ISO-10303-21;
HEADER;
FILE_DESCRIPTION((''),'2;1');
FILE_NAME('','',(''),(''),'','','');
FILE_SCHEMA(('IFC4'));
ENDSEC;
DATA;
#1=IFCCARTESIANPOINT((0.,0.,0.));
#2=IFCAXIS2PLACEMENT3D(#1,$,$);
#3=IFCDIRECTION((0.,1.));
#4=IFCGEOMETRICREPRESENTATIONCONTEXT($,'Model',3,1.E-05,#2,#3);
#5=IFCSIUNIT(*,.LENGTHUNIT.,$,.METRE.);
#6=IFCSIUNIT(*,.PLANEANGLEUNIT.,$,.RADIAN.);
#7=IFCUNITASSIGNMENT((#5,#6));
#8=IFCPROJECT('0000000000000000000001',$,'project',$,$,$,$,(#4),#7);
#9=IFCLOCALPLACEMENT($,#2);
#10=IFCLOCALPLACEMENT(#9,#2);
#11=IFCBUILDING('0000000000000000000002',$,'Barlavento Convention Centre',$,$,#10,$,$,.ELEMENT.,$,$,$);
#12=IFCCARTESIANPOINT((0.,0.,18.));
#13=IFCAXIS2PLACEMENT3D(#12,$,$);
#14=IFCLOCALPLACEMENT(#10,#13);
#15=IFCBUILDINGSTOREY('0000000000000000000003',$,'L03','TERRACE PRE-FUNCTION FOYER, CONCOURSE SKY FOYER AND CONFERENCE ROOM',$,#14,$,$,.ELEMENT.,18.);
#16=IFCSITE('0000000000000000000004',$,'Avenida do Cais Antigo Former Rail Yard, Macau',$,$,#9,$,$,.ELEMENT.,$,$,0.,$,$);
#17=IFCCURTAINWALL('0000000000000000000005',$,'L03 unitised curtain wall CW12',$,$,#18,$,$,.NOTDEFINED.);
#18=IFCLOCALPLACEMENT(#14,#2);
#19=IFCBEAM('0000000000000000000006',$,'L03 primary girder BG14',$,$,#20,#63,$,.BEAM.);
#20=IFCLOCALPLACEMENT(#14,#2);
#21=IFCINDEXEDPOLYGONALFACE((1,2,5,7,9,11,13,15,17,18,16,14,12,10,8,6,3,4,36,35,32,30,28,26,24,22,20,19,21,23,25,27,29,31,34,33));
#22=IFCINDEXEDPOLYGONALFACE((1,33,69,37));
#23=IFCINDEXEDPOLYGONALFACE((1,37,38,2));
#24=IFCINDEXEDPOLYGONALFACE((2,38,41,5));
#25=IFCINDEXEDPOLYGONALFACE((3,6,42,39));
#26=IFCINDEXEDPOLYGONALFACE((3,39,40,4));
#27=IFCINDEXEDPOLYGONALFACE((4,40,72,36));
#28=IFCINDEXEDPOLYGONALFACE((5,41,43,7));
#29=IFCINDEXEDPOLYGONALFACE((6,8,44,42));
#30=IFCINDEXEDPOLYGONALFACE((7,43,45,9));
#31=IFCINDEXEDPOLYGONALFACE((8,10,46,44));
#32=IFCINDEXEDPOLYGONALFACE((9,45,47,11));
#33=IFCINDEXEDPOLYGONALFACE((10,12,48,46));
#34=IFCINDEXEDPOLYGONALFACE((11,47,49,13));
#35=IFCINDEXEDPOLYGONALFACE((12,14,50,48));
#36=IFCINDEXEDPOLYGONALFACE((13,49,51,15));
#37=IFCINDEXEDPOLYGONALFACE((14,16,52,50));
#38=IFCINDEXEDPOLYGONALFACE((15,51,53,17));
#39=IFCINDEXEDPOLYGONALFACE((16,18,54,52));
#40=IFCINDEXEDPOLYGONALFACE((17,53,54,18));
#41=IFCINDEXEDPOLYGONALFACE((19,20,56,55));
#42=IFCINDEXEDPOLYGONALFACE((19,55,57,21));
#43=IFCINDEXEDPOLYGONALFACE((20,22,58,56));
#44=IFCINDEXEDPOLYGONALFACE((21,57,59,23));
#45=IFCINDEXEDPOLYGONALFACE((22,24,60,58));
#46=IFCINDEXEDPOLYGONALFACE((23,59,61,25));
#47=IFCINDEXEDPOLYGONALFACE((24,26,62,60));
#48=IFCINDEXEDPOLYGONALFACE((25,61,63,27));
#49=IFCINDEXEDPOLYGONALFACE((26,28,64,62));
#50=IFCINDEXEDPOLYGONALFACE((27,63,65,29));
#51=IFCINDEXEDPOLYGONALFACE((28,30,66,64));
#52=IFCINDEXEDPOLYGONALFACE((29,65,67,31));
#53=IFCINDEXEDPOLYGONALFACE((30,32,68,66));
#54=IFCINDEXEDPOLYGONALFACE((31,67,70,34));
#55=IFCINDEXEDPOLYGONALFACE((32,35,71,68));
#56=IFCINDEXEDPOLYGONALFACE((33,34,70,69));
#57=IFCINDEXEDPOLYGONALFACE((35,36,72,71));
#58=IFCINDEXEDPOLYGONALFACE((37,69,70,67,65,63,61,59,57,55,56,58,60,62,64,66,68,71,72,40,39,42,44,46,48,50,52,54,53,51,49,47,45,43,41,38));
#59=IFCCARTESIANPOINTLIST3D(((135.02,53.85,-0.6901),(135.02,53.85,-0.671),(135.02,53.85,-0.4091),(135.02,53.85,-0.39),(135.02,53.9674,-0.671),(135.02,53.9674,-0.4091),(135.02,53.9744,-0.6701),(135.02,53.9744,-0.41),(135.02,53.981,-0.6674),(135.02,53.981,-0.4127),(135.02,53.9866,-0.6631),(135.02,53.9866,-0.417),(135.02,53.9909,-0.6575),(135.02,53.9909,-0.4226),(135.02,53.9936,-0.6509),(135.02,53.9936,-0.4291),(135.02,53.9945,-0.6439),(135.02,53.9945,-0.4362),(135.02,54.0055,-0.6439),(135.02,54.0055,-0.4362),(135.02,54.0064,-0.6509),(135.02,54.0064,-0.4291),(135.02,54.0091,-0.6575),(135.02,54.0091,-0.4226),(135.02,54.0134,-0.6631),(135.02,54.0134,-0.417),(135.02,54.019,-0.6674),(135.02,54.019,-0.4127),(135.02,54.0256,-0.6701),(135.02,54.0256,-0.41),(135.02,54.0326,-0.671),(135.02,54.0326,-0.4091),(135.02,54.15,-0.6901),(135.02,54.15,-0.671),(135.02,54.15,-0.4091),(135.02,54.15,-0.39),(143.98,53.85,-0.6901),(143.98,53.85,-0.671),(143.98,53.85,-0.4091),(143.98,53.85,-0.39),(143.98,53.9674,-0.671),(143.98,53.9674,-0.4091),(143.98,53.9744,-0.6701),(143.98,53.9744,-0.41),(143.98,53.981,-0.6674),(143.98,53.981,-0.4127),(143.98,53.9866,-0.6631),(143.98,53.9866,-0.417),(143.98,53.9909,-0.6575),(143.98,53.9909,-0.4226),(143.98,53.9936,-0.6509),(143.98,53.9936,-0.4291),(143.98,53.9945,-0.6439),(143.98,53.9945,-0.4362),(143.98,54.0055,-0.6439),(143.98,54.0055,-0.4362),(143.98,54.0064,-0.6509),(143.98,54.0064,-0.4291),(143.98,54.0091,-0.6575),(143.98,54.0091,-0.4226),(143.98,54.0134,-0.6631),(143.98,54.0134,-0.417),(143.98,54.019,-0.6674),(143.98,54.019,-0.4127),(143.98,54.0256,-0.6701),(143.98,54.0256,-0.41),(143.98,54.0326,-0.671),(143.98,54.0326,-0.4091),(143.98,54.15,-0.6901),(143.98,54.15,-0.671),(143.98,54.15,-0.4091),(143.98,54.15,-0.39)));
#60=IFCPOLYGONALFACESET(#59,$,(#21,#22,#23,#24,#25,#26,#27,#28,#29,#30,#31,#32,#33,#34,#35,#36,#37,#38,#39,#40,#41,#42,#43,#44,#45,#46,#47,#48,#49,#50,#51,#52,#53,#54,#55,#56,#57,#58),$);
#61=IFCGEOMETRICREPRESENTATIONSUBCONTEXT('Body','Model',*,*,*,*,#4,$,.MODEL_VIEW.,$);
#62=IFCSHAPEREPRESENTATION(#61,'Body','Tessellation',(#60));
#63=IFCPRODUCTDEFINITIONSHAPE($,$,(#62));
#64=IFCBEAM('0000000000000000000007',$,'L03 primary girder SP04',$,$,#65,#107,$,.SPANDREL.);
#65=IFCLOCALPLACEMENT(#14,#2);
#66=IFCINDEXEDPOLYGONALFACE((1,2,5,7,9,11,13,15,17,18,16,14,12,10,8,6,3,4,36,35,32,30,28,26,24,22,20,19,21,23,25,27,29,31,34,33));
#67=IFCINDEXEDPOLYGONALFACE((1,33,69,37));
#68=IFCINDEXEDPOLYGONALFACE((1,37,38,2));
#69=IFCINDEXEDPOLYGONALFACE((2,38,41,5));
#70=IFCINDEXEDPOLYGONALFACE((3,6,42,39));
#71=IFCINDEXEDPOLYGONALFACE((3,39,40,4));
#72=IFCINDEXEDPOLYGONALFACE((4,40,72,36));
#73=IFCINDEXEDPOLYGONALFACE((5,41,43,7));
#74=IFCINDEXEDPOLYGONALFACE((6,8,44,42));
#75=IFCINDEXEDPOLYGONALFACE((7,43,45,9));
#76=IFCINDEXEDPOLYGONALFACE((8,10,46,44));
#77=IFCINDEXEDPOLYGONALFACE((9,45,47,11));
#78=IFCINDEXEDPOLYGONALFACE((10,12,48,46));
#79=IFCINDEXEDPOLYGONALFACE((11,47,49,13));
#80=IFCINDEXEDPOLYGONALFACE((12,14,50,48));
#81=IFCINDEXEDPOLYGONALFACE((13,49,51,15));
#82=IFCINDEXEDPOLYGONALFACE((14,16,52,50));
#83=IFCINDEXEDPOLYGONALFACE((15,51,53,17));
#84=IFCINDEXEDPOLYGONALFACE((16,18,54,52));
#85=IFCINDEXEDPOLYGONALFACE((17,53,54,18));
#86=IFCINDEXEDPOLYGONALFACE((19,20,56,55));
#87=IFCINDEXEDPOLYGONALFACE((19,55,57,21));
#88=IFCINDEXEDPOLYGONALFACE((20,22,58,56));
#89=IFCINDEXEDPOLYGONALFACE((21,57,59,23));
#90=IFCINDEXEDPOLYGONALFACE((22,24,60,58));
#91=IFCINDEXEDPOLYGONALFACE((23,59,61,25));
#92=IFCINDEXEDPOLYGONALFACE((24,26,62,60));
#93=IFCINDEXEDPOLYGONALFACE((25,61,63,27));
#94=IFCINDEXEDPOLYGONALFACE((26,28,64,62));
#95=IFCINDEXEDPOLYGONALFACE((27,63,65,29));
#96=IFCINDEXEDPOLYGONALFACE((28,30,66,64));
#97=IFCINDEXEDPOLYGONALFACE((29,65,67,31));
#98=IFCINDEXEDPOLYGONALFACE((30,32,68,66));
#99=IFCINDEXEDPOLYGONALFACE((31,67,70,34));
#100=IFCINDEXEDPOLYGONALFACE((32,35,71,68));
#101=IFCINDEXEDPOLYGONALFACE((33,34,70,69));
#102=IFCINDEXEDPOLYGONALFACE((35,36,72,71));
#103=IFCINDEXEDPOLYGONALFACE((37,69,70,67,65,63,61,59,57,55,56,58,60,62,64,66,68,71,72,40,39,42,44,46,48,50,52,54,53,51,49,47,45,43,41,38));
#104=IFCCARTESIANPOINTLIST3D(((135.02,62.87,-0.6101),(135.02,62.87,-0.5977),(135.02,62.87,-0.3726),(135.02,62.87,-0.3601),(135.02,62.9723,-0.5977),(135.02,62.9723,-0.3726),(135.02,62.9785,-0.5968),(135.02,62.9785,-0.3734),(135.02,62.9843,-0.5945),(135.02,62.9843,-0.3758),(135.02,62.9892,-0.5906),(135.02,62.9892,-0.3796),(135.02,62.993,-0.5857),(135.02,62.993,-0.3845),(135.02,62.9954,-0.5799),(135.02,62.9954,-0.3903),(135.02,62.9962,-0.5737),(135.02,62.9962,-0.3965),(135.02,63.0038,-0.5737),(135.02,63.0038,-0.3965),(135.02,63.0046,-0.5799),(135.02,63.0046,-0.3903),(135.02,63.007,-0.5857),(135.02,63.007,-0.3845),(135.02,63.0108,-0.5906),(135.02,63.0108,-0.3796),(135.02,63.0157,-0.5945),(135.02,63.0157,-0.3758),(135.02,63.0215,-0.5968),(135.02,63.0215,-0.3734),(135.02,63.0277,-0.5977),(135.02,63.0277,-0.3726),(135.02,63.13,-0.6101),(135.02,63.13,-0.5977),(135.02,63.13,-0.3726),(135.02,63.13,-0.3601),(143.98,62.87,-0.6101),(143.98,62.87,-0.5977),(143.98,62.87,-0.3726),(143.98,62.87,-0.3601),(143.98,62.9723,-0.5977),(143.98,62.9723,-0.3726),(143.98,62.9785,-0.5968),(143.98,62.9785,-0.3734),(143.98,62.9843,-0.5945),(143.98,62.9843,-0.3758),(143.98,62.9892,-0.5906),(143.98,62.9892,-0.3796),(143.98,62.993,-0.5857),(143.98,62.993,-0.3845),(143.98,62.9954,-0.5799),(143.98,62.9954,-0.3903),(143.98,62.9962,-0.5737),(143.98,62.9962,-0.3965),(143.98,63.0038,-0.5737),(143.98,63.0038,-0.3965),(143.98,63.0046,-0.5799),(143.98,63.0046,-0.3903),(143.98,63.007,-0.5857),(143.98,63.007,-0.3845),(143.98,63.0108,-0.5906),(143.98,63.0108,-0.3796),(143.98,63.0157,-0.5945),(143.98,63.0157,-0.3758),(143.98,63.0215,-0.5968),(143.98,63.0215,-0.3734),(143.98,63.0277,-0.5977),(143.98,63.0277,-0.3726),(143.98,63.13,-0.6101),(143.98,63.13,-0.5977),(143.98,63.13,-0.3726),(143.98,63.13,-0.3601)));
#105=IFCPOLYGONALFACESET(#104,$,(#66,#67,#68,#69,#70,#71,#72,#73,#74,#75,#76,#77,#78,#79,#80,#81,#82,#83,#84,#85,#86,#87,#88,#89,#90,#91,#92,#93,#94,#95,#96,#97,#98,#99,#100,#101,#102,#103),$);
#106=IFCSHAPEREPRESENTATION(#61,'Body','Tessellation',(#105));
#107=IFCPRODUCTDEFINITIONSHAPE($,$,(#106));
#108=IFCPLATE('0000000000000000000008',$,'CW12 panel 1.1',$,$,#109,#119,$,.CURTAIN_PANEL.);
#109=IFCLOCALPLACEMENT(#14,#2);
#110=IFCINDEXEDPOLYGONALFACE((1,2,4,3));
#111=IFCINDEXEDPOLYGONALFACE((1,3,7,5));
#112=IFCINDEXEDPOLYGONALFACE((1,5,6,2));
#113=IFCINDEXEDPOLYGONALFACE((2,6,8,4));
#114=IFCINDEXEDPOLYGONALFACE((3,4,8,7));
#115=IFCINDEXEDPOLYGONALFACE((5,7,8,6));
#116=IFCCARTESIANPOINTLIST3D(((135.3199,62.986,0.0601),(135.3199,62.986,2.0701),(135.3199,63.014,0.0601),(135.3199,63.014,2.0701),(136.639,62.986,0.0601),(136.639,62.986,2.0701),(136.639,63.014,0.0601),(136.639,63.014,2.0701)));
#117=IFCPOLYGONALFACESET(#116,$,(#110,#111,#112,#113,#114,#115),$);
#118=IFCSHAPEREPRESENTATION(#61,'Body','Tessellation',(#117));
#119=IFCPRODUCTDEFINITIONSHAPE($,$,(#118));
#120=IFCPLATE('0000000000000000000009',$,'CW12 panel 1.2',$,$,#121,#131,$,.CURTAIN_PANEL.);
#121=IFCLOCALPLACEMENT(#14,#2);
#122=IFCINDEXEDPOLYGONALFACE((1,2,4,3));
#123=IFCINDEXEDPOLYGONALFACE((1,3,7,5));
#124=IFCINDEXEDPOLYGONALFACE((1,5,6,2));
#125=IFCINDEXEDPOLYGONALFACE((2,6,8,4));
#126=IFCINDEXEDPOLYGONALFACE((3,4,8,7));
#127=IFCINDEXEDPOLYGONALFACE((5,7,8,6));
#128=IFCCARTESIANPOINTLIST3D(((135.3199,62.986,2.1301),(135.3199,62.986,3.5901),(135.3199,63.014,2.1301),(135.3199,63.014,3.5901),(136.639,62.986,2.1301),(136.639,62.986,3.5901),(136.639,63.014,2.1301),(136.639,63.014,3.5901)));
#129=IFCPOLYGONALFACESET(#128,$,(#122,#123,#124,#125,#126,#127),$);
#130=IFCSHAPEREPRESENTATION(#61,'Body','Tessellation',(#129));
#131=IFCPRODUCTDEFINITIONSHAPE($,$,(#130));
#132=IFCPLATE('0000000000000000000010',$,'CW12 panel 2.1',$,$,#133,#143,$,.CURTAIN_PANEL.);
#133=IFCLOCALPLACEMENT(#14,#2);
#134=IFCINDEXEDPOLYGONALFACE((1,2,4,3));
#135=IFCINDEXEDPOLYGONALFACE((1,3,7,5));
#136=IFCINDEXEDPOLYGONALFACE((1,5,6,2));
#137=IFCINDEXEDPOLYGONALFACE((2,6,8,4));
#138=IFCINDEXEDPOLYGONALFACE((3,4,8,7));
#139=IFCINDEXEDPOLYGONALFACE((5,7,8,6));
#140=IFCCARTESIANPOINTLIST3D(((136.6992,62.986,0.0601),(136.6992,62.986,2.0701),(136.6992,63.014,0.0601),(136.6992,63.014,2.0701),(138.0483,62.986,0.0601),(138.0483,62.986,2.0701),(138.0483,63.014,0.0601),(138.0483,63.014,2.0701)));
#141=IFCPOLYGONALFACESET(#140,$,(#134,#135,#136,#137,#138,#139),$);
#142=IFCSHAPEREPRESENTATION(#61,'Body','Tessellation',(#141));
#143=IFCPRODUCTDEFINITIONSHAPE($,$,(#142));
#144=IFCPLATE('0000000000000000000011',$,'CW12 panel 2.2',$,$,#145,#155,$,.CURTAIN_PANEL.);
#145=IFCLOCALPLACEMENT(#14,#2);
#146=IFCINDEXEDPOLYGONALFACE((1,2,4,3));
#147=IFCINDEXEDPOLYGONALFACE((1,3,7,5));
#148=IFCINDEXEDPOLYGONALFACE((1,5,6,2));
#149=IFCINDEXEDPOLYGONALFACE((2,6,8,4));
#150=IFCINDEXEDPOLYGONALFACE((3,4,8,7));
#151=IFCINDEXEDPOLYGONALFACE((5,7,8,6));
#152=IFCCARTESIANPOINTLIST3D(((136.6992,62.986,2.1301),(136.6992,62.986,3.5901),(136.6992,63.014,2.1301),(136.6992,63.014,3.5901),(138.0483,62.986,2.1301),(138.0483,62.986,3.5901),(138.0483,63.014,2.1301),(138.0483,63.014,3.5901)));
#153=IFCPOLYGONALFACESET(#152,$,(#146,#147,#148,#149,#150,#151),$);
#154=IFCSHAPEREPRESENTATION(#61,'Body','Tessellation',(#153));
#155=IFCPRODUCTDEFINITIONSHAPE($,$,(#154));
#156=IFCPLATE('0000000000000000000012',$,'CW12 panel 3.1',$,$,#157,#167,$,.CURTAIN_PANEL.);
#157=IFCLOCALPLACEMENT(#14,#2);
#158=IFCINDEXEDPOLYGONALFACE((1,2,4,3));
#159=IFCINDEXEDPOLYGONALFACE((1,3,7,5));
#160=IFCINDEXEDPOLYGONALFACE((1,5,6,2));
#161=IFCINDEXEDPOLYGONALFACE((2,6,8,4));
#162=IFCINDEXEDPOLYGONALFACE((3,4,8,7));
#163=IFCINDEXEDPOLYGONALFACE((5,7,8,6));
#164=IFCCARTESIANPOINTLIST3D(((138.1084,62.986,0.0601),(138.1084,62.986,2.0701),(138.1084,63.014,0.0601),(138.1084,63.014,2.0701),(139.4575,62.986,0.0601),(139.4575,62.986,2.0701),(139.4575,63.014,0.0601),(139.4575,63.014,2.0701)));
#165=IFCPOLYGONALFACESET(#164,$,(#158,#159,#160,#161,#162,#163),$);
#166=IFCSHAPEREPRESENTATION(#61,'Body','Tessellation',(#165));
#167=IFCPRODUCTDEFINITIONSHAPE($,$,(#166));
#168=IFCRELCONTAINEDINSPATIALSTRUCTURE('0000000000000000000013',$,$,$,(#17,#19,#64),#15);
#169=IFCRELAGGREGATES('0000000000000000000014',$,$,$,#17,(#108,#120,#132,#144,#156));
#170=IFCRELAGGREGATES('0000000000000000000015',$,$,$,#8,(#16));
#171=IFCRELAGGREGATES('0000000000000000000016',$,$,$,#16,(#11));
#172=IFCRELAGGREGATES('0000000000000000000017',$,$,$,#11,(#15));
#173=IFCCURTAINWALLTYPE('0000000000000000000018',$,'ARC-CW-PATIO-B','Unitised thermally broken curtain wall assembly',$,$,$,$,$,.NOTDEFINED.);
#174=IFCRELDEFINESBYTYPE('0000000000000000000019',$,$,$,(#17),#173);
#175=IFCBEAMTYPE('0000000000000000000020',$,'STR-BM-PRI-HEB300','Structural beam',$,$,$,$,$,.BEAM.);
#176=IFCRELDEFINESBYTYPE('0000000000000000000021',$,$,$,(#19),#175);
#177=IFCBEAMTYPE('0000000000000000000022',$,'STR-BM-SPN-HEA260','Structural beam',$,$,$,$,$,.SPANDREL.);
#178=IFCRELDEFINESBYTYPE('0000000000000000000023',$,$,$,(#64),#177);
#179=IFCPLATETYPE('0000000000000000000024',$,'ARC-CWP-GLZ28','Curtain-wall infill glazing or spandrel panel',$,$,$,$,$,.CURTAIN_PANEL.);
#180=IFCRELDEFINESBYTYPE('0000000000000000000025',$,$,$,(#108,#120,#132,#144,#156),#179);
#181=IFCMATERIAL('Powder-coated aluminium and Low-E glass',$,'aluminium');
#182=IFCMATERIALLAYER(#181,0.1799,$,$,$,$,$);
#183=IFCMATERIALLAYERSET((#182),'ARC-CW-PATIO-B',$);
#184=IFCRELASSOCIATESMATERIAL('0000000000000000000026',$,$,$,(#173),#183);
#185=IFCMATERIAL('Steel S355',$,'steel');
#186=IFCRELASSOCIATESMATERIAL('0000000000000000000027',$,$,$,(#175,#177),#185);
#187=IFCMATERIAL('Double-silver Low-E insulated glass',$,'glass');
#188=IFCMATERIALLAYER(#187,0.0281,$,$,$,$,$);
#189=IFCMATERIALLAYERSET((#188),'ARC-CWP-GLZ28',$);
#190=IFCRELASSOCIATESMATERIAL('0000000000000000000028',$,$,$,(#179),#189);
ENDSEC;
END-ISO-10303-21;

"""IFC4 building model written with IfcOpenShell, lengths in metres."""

from ifc_helpers import new_model, si_unit, direction, frame, origin, origin_2d, place, context, subcontext, project, spatial, rectangle, i_section, extrude, material, layer, layer_set, material_profile, profile_set, type_object, element, aggregate, save


model = new_model("IFC4")

# Units and contexts
model_context = context("Model", 3, precision=1e-05, world=origin(), true_north=direction((0.0, 1.0)))
body_context = subcontext(model_context, "Body", "Model", "MODEL_VIEW")
ifc_project = project(units=[si_unit("LENGTHUNIT", "METRE"), si_unit("PLANEANGLEUNIT", "RADIAN")], contexts=[model_context])

# Site, building, storey
site_placement = place(None, origin())
site = spatial("IfcSite", under=ifc_project, at=site_placement, Name="Avenida do Cais Antigo Former Rail Yard, Macau", CompositionType="ELEMENT", RefElevation=0.0)
building_placement = place(site_placement, origin())
building = spatial("IfcBuilding", under=site, at=building_placement, Name="Barlavento Convention Centre", CompositionType="ELEMENT")
storey_placement = place(building_placement, frame((0.0, 0.0, 18.0)))
storey = spatial("IfcBuildingStorey", under=building, at=storey_placement, Name="L03", Description="TERRACE PRE-FUNCTION FOYER, CONCOURSE SKY FOYER AND CONFERENCE ROOM", CompositionType="ELEMENT", Elevation=18.0)

# Shared definitions
ifc_material_1 = material(Name="Steel S355", Category="steel")

# Curtain wall
ifc_material_2 = material(Name="Powder-coated aluminium and Low-E glass", Category="aluminium")
ifc_layer_1 = layer(ifc_material_2, 0.1799)
ifc_layer_set_1 = layer_set([ifc_layer_1], Name="ARC-CW-PATIO-B")
curtain_wall_type = type_object("IfcCurtainWallType", Name="ARC-CW-PATIO-B", Description="Unitised thermally broken curtain wall assembly", PredefinedType="NOTDEFINED", material=ifc_layer_set_1)
curtain_wall_placement = place(storey_placement, origin())
curtain_wall = element("IfcCurtainWall", 1, at=curtain_wall_placement, inside=storey, type_object=curtain_wall_type, Name="L03 unitised curtain wall CW12", PredefinedType="NOTDEFINED")

# Beams
ifc_material_profile_1 = material_profile(ifc_material_1, i_section(OverallWidth=0.3, OverallDepth=0.3, WebThickness=0.011, FlangeThickness=0.019, FilletRadius=0.0271, at=origin_2d()), Name="HEB 300")
ifc_profile_set_1 = profile_set([ifc_material_profile_1], Name="Steel S355")
beam_type_1 = type_object("IfcBeamType", Name="STR-BM-PRI-HEB300", Description="Structural beam", PredefinedType="BEAM", material=ifc_profile_set_1)
beam_1_placement = place(storey_placement, frame((135.02, 54.0, -0.54), z_axis=(1.0, 0.0, 0.0), x_axis=(0.0, 1.0, 0.0)))
element("IfcBeam", 2, at=beam_1_placement, inside=storey, type_object=beam_type_1, Name="L03 primary girder BG14", PredefinedType="BEAM", context=body_context, shape_type="SweptSolid", body=[
    extrude(i_section(OverallWidth=0.3, OverallDepth=0.3, WebThickness=0.011, FlangeThickness=0.019, FilletRadius=0.0271, at=origin_2d()), origin(), (0.0, 0.0, 1.0), 8.96),
])
ifc_material_profile_2 = material_profile(ifc_material_1, i_section(OverallWidth=0.26, OverallDepth=0.25, WebThickness=0.0076, FlangeThickness=0.0125, FilletRadius=0.0239, at=origin_2d()), Name="HEA 260")
ifc_profile_set_2 = profile_set([ifc_material_profile_2], Name="Steel S355")
beam_type_2 = type_object("IfcBeamType", Name="STR-BM-SPN-HEA260", Description="Structural beam", PredefinedType="SPANDREL", material=ifc_profile_set_2)
beam_2_placement = place(storey_placement, frame((135.02, 63.0, -0.4851), z_axis=(1.0, 0.0, 0.0), x_axis=(0.0, 1.0, 0.0)))
element("IfcBeam", 3, at=beam_2_placement, inside=storey, type_object=beam_type_2, Name="L03 primary girder SP04", PredefinedType="SPANDREL", context=body_context, shape_type="SweptSolid", body=[
    extrude(i_section(OverallWidth=0.26, OverallDepth=0.25, WebThickness=0.0076, FlangeThickness=0.0125, FilletRadius=0.0239, at=origin_2d()), origin(), (0.0, 0.0, 1.0), 8.96),
])

# Plates
ifc_material_3 = material(Name="Double-silver Low-E insulated glass", Category="glass")
ifc_layer_2 = layer(ifc_material_3, 0.0281)
ifc_layer_set_2 = layer_set([ifc_layer_2], Name="ARC-CWP-GLZ28")
plate_type = type_object("IfcPlateType", Name="ARC-CWP-GLZ28", Description="Curtain-wall infill glazing or spandrel panel", PredefinedType="CURTAIN_PANEL", material=ifc_layer_set_2)
plate_1_placement = place(storey_placement, frame((135.9795, 63.0, 0.0601), z_axis=(0.0, 0.0, 1.0), x_axis=(1.0, 0.0, 0.0)))
plate_1 = element("IfcPlate", 4, at=plate_1_placement, type_object=plate_type, Name="CW12 panel 1.1", PredefinedType="CURTAIN_PANEL", context=body_context, shape_type="SweptSolid", body=[
    extrude(rectangle(XDim=1.3191, YDim=0.0281, at=origin_2d()), origin(), (0.0, 0.0, 1.0), 2.01),
])
plate_2_placement = place(storey_placement, frame((135.9795, 63.0, 2.1301), z_axis=(0.0, 0.0, 1.0), x_axis=(1.0, 0.0, 0.0)))
plate_2 = element("IfcPlate", 5, at=plate_2_placement, type_object=plate_type, Name="CW12 panel 1.2", PredefinedType="CURTAIN_PANEL", context=body_context, shape_type="SweptSolid", body=[
    extrude(rectangle(XDim=1.3191, YDim=0.0281, at=origin_2d()), origin(), (0.0, 0.0, 1.0), 1.46),
])
plate_3_placement = place(storey_placement, frame((137.3738, 63.0, 0.0601), z_axis=(0.0, 0.0, 1.0), x_axis=(1.0, 0.0, 0.0)))
plate_3 = element("IfcPlate", 6, at=plate_3_placement, type_object=plate_type, Name="CW12 panel 2.1", PredefinedType="CURTAIN_PANEL", context=body_context, shape_type="SweptSolid", body=[
    extrude(rectangle(XDim=1.3491, YDim=0.0281, at=origin_2d()), origin(), (0.0, 0.0, 1.0), 2.01),
])
plate_4_placement = place(storey_placement, frame((137.3738, 63.0, 2.1301), z_axis=(0.0, 0.0, 1.0), x_axis=(1.0, 0.0, 0.0)))
plate_4 = element("IfcPlate", 7, at=plate_4_placement, type_object=plate_type, Name="CW12 panel 2.2", PredefinedType="CURTAIN_PANEL", context=body_context, shape_type="SweptSolid", body=[
    extrude(rectangle(XDim=1.3491, YDim=0.0281, at=origin_2d()), origin(), (0.0, 0.0, 1.0), 1.46),
])
plate_5_placement = place(storey_placement, frame((138.783, 63.0, 0.0601), z_axis=(0.0, 0.0, 1.0), x_axis=(1.0, 0.0, 0.0)))
plate_5 = element("IfcPlate", 8, at=plate_5_placement, type_object=plate_type, Name="CW12 panel 3.1", PredefinedType="CURTAIN_PANEL", context=body_context, shape_type="SweptSolid", body=[
    extrude(rectangle(XDim=1.3491, YDim=0.0281, at=origin_2d()), origin(), (0.0, 0.0, 1.0), 2.01),
])
aggregate(curtain_wall, [plate_1, plate_2, plate_3, plate_4, plate_5])

save(model, "model.ifc")
